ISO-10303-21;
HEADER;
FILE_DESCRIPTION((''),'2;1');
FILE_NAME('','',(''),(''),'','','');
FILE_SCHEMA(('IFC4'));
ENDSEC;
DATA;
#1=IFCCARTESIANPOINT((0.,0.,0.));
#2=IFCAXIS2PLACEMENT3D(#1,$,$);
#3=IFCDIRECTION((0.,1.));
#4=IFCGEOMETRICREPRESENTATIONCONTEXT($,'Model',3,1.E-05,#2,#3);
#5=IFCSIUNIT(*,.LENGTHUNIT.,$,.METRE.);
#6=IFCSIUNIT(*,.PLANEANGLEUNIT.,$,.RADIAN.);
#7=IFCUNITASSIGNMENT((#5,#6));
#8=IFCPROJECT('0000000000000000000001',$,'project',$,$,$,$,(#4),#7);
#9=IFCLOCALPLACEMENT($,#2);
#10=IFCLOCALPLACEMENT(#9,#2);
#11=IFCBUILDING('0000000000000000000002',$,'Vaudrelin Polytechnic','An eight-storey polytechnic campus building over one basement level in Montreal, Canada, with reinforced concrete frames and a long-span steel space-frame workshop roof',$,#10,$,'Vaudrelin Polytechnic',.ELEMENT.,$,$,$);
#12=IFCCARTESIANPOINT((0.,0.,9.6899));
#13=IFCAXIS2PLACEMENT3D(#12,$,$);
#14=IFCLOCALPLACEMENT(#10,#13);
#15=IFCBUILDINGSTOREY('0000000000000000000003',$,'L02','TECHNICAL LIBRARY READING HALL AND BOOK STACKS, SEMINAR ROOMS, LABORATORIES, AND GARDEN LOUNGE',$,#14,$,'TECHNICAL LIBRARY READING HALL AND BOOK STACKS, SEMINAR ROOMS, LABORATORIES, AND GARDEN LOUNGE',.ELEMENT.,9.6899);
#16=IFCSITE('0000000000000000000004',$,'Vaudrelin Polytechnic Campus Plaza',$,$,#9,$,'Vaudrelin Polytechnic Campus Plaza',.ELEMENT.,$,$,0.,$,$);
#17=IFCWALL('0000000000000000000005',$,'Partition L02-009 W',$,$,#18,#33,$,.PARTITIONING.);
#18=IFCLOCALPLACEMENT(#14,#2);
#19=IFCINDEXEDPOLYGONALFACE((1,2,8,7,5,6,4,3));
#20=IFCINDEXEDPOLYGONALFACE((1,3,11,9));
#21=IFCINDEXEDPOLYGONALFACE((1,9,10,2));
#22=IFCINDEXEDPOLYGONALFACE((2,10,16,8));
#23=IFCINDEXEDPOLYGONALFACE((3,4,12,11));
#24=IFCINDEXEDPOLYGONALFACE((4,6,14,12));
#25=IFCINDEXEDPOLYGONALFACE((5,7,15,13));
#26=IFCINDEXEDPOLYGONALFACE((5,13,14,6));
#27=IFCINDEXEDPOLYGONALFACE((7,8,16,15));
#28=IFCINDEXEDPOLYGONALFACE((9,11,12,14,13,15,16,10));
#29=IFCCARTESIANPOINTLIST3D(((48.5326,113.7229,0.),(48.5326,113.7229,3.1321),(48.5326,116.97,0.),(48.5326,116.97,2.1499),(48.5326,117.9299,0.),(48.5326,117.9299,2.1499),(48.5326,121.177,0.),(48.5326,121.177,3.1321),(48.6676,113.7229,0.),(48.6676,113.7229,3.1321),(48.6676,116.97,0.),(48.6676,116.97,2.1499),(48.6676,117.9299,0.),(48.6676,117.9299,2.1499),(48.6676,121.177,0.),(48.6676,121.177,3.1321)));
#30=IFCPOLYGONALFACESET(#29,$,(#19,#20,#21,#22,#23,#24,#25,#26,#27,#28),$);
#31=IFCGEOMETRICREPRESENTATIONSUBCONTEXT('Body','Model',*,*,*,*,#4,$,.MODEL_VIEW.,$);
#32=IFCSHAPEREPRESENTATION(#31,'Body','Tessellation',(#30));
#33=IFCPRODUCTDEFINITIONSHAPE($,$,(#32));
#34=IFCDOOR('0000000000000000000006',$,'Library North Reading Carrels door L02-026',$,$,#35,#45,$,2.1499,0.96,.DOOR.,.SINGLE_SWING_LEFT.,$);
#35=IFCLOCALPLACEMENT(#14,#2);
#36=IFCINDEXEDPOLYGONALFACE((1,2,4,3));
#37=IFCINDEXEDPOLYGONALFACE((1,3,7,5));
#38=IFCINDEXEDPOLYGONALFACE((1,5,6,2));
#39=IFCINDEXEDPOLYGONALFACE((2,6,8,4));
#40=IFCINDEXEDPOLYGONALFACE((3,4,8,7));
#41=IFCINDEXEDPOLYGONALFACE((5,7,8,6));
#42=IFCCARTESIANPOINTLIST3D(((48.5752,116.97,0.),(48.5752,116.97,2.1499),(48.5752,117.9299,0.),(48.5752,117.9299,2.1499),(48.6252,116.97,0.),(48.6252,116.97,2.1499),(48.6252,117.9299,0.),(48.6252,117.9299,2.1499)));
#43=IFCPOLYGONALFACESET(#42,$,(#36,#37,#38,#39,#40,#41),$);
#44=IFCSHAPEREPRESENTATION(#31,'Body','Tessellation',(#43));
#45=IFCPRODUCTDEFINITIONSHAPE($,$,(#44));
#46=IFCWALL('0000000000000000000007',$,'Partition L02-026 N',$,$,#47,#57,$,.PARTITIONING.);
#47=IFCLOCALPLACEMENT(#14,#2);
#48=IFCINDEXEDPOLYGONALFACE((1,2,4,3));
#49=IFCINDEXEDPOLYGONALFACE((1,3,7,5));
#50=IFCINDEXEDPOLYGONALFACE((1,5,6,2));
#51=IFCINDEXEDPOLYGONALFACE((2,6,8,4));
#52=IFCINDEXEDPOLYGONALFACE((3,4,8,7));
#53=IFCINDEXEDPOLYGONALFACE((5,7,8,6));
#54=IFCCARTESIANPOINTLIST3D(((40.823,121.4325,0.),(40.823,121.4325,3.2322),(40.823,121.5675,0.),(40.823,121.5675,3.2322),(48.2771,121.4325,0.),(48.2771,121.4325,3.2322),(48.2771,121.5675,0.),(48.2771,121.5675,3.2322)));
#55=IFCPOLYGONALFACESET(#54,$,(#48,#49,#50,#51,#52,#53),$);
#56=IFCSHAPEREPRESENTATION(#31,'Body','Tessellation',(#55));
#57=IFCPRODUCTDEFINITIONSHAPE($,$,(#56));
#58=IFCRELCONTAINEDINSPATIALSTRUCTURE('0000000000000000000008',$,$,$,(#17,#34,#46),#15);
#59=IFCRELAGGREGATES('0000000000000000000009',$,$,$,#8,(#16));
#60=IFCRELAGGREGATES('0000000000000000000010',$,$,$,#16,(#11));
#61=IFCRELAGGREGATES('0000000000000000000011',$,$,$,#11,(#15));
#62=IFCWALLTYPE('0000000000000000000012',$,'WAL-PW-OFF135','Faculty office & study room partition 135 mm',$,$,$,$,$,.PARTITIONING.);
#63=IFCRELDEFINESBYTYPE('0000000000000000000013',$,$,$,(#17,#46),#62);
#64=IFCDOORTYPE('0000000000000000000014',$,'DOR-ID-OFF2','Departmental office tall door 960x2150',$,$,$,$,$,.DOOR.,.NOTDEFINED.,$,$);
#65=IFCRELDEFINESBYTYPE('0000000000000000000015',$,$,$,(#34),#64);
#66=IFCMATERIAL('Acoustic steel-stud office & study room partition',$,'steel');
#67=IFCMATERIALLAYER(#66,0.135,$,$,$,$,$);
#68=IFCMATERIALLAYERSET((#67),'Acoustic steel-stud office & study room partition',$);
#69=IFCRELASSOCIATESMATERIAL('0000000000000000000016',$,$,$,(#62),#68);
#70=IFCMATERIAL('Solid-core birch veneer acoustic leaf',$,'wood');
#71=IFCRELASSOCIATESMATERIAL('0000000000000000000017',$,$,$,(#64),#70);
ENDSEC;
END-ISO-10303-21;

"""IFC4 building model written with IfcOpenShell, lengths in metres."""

from ifc_helpers import new_model, si_unit, direction, frame, frame_2d, origin, place, context, subcontext, project, spatial, rectangle, extrude, material, layer, layer_set, type_object, element, fill, save


model = new_model("IFC4")

# Units and contexts
model_context = context("Model", 3, precision=1e-05, world=origin(), true_north=direction((0.0, 1.0)))
body_context = subcontext(model_context, "Body", "Model", "MODEL_VIEW")
ifc_project = project(units=[si_unit("LENGTHUNIT", "METRE"), si_unit("PLANEANGLEUNIT", "RADIAN")], contexts=[model_context])

# Site, building, storey
site_placement = place(None, origin())
site = spatial("IfcSite", under=ifc_project, at=site_placement, Name="Vaudrelin Polytechnic Campus Plaza", LongName="Vaudrelin Polytechnic Campus Plaza", CompositionType="ELEMENT", RefElevation=0.0)
building_placement = place(site_placement, origin())
building = spatial("IfcBuilding", under=site, at=building_placement, Name="Vaudrelin Polytechnic", Description="An eight-storey polytechnic campus building over one basement level in Montreal, Canada, with reinforced concrete frames and a long-span steel space-frame workshop roof", LongName="Vaudrelin Polytechnic", CompositionType="ELEMENT")
storey_placement = place(building_placement, frame((0.0, 0.0, 9.6899)))
storey = spatial("IfcBuildingStorey", under=building, at=storey_placement, Name="L02", Description="TECHNICAL LIBRARY READING HALL AND BOOK STACKS, SEMINAR ROOMS, LABORATORIES, AND GARDEN LOUNGE", LongName="TECHNICAL LIBRARY READING HALL AND BOOK STACKS, SEMINAR ROOMS, LABORATORIES, AND GARDEN LOUNGE", CompositionType="ELEMENT", Elevation=9.6899)

# Shared definitions
ifc_material_1 = material(Name="Acoustic steel-stud office & study room partition", Category="steel")
ifc_layer_1 = layer(ifc_material_1, 0.135)
ifc_layer_set_1 = layer_set([ifc_layer_1], Name="Acoustic steel-stud office & study room partition")
wall_type = type_object("IfcWallType", Name="WAL-PW-OFF135", Description="Faculty office & study room partition 135 mm", PredefinedType="PARTITIONING", material=ifc_layer_set_1)

# Wall, opening, door
wall_1_placement = place(storey_placement, frame((48.6001, 113.7229, 0.0), z_axis=(0.0, 0.0, 1.0), x_axis=(0.0, 1.0, 0.0)))
wall_1 = element("IfcWall", 1, at=wall_1_placement, inside=storey, type_object=wall_type, Name="Partition L02-009 W", PredefinedType="PARTITIONING", context=body_context, shape_type="SweptSolid", body=[
    extrude(rectangle(XDim=7.4541, YDim=0.135, at=frame_2d((3.7271, 0.0))), origin(), (0.0, 0.0, 1.0), 3.1321),
])
opening_placement = place(wall_1_placement, frame((3.2471, 0.0, 0.0)))
opening = element("IfcOpeningElement", 2, at=opening_placement, cuts=wall_1, PredefinedType="OPENING", context=body_context, shape_type="SweptSolid", body=[
    extrude(rectangle(XDim=0.96, YDim=2.1499, at=frame_2d((0.48, 1.075))), frame((0.0, 0.0776, 0.0), z_axis=(0.0, -1.0, 0.0), x_axis=(1.0, 0.0, 0.0)), (0.0, 0.0, 1.0), 0.155),
])
ifc_material_2 = material(Name="Solid-core birch veneer acoustic leaf", Category="wood")
door_type = type_object("IfcDoorType", Name="DOR-ID-OFF2", Description="Departmental office tall door 960x2150", OperationType="NOTDEFINED", PredefinedType="DOOR", material=ifc_material_2)
door_placement = place(opening_placement, origin())
door = element("IfcDoor", 3, at=door_placement, inside=storey, type_object=door_type, Name="Library North Reading Carrels door L02-026", OperationType="SINGLE_SWING_LEFT", OverallHeight=2.1499, OverallWidth=0.96, PredefinedType="DOOR", context=body_context, shape_type="SweptSolid", body=[
    extrude(rectangle(XDim=0.96, YDim=2.1499, at=frame_2d((0.48, 1.075))), frame((0.0, 0.0249, 0.0), z_axis=(0.0, -1.0, 0.0), x_axis=(1.0, 0.0, 0.0)), (0.0, 0.0, 1.0), 0.05),
])
fill(opening, door)

# Wall
wall_2_placement = place(storey_placement, frame((40.823, 121.5, 0.0), z_axis=(0.0, 0.0, 1.0), x_axis=(1.0, 0.0, 0.0)))
element("IfcWall", 4, at=wall_2_placement, inside=storey, type_object=wall_type, Name="Partition L02-026 N", PredefinedType="PARTITIONING", context=body_context, shape_type="SweptSolid", body=[
    extrude(rectangle(XDim=7.4541, YDim=0.135, at=frame_2d((3.7271, 0.0))), origin(), (0.0, 0.0, 1.0), 3.2322),
])

save(model, "model.ifc")
